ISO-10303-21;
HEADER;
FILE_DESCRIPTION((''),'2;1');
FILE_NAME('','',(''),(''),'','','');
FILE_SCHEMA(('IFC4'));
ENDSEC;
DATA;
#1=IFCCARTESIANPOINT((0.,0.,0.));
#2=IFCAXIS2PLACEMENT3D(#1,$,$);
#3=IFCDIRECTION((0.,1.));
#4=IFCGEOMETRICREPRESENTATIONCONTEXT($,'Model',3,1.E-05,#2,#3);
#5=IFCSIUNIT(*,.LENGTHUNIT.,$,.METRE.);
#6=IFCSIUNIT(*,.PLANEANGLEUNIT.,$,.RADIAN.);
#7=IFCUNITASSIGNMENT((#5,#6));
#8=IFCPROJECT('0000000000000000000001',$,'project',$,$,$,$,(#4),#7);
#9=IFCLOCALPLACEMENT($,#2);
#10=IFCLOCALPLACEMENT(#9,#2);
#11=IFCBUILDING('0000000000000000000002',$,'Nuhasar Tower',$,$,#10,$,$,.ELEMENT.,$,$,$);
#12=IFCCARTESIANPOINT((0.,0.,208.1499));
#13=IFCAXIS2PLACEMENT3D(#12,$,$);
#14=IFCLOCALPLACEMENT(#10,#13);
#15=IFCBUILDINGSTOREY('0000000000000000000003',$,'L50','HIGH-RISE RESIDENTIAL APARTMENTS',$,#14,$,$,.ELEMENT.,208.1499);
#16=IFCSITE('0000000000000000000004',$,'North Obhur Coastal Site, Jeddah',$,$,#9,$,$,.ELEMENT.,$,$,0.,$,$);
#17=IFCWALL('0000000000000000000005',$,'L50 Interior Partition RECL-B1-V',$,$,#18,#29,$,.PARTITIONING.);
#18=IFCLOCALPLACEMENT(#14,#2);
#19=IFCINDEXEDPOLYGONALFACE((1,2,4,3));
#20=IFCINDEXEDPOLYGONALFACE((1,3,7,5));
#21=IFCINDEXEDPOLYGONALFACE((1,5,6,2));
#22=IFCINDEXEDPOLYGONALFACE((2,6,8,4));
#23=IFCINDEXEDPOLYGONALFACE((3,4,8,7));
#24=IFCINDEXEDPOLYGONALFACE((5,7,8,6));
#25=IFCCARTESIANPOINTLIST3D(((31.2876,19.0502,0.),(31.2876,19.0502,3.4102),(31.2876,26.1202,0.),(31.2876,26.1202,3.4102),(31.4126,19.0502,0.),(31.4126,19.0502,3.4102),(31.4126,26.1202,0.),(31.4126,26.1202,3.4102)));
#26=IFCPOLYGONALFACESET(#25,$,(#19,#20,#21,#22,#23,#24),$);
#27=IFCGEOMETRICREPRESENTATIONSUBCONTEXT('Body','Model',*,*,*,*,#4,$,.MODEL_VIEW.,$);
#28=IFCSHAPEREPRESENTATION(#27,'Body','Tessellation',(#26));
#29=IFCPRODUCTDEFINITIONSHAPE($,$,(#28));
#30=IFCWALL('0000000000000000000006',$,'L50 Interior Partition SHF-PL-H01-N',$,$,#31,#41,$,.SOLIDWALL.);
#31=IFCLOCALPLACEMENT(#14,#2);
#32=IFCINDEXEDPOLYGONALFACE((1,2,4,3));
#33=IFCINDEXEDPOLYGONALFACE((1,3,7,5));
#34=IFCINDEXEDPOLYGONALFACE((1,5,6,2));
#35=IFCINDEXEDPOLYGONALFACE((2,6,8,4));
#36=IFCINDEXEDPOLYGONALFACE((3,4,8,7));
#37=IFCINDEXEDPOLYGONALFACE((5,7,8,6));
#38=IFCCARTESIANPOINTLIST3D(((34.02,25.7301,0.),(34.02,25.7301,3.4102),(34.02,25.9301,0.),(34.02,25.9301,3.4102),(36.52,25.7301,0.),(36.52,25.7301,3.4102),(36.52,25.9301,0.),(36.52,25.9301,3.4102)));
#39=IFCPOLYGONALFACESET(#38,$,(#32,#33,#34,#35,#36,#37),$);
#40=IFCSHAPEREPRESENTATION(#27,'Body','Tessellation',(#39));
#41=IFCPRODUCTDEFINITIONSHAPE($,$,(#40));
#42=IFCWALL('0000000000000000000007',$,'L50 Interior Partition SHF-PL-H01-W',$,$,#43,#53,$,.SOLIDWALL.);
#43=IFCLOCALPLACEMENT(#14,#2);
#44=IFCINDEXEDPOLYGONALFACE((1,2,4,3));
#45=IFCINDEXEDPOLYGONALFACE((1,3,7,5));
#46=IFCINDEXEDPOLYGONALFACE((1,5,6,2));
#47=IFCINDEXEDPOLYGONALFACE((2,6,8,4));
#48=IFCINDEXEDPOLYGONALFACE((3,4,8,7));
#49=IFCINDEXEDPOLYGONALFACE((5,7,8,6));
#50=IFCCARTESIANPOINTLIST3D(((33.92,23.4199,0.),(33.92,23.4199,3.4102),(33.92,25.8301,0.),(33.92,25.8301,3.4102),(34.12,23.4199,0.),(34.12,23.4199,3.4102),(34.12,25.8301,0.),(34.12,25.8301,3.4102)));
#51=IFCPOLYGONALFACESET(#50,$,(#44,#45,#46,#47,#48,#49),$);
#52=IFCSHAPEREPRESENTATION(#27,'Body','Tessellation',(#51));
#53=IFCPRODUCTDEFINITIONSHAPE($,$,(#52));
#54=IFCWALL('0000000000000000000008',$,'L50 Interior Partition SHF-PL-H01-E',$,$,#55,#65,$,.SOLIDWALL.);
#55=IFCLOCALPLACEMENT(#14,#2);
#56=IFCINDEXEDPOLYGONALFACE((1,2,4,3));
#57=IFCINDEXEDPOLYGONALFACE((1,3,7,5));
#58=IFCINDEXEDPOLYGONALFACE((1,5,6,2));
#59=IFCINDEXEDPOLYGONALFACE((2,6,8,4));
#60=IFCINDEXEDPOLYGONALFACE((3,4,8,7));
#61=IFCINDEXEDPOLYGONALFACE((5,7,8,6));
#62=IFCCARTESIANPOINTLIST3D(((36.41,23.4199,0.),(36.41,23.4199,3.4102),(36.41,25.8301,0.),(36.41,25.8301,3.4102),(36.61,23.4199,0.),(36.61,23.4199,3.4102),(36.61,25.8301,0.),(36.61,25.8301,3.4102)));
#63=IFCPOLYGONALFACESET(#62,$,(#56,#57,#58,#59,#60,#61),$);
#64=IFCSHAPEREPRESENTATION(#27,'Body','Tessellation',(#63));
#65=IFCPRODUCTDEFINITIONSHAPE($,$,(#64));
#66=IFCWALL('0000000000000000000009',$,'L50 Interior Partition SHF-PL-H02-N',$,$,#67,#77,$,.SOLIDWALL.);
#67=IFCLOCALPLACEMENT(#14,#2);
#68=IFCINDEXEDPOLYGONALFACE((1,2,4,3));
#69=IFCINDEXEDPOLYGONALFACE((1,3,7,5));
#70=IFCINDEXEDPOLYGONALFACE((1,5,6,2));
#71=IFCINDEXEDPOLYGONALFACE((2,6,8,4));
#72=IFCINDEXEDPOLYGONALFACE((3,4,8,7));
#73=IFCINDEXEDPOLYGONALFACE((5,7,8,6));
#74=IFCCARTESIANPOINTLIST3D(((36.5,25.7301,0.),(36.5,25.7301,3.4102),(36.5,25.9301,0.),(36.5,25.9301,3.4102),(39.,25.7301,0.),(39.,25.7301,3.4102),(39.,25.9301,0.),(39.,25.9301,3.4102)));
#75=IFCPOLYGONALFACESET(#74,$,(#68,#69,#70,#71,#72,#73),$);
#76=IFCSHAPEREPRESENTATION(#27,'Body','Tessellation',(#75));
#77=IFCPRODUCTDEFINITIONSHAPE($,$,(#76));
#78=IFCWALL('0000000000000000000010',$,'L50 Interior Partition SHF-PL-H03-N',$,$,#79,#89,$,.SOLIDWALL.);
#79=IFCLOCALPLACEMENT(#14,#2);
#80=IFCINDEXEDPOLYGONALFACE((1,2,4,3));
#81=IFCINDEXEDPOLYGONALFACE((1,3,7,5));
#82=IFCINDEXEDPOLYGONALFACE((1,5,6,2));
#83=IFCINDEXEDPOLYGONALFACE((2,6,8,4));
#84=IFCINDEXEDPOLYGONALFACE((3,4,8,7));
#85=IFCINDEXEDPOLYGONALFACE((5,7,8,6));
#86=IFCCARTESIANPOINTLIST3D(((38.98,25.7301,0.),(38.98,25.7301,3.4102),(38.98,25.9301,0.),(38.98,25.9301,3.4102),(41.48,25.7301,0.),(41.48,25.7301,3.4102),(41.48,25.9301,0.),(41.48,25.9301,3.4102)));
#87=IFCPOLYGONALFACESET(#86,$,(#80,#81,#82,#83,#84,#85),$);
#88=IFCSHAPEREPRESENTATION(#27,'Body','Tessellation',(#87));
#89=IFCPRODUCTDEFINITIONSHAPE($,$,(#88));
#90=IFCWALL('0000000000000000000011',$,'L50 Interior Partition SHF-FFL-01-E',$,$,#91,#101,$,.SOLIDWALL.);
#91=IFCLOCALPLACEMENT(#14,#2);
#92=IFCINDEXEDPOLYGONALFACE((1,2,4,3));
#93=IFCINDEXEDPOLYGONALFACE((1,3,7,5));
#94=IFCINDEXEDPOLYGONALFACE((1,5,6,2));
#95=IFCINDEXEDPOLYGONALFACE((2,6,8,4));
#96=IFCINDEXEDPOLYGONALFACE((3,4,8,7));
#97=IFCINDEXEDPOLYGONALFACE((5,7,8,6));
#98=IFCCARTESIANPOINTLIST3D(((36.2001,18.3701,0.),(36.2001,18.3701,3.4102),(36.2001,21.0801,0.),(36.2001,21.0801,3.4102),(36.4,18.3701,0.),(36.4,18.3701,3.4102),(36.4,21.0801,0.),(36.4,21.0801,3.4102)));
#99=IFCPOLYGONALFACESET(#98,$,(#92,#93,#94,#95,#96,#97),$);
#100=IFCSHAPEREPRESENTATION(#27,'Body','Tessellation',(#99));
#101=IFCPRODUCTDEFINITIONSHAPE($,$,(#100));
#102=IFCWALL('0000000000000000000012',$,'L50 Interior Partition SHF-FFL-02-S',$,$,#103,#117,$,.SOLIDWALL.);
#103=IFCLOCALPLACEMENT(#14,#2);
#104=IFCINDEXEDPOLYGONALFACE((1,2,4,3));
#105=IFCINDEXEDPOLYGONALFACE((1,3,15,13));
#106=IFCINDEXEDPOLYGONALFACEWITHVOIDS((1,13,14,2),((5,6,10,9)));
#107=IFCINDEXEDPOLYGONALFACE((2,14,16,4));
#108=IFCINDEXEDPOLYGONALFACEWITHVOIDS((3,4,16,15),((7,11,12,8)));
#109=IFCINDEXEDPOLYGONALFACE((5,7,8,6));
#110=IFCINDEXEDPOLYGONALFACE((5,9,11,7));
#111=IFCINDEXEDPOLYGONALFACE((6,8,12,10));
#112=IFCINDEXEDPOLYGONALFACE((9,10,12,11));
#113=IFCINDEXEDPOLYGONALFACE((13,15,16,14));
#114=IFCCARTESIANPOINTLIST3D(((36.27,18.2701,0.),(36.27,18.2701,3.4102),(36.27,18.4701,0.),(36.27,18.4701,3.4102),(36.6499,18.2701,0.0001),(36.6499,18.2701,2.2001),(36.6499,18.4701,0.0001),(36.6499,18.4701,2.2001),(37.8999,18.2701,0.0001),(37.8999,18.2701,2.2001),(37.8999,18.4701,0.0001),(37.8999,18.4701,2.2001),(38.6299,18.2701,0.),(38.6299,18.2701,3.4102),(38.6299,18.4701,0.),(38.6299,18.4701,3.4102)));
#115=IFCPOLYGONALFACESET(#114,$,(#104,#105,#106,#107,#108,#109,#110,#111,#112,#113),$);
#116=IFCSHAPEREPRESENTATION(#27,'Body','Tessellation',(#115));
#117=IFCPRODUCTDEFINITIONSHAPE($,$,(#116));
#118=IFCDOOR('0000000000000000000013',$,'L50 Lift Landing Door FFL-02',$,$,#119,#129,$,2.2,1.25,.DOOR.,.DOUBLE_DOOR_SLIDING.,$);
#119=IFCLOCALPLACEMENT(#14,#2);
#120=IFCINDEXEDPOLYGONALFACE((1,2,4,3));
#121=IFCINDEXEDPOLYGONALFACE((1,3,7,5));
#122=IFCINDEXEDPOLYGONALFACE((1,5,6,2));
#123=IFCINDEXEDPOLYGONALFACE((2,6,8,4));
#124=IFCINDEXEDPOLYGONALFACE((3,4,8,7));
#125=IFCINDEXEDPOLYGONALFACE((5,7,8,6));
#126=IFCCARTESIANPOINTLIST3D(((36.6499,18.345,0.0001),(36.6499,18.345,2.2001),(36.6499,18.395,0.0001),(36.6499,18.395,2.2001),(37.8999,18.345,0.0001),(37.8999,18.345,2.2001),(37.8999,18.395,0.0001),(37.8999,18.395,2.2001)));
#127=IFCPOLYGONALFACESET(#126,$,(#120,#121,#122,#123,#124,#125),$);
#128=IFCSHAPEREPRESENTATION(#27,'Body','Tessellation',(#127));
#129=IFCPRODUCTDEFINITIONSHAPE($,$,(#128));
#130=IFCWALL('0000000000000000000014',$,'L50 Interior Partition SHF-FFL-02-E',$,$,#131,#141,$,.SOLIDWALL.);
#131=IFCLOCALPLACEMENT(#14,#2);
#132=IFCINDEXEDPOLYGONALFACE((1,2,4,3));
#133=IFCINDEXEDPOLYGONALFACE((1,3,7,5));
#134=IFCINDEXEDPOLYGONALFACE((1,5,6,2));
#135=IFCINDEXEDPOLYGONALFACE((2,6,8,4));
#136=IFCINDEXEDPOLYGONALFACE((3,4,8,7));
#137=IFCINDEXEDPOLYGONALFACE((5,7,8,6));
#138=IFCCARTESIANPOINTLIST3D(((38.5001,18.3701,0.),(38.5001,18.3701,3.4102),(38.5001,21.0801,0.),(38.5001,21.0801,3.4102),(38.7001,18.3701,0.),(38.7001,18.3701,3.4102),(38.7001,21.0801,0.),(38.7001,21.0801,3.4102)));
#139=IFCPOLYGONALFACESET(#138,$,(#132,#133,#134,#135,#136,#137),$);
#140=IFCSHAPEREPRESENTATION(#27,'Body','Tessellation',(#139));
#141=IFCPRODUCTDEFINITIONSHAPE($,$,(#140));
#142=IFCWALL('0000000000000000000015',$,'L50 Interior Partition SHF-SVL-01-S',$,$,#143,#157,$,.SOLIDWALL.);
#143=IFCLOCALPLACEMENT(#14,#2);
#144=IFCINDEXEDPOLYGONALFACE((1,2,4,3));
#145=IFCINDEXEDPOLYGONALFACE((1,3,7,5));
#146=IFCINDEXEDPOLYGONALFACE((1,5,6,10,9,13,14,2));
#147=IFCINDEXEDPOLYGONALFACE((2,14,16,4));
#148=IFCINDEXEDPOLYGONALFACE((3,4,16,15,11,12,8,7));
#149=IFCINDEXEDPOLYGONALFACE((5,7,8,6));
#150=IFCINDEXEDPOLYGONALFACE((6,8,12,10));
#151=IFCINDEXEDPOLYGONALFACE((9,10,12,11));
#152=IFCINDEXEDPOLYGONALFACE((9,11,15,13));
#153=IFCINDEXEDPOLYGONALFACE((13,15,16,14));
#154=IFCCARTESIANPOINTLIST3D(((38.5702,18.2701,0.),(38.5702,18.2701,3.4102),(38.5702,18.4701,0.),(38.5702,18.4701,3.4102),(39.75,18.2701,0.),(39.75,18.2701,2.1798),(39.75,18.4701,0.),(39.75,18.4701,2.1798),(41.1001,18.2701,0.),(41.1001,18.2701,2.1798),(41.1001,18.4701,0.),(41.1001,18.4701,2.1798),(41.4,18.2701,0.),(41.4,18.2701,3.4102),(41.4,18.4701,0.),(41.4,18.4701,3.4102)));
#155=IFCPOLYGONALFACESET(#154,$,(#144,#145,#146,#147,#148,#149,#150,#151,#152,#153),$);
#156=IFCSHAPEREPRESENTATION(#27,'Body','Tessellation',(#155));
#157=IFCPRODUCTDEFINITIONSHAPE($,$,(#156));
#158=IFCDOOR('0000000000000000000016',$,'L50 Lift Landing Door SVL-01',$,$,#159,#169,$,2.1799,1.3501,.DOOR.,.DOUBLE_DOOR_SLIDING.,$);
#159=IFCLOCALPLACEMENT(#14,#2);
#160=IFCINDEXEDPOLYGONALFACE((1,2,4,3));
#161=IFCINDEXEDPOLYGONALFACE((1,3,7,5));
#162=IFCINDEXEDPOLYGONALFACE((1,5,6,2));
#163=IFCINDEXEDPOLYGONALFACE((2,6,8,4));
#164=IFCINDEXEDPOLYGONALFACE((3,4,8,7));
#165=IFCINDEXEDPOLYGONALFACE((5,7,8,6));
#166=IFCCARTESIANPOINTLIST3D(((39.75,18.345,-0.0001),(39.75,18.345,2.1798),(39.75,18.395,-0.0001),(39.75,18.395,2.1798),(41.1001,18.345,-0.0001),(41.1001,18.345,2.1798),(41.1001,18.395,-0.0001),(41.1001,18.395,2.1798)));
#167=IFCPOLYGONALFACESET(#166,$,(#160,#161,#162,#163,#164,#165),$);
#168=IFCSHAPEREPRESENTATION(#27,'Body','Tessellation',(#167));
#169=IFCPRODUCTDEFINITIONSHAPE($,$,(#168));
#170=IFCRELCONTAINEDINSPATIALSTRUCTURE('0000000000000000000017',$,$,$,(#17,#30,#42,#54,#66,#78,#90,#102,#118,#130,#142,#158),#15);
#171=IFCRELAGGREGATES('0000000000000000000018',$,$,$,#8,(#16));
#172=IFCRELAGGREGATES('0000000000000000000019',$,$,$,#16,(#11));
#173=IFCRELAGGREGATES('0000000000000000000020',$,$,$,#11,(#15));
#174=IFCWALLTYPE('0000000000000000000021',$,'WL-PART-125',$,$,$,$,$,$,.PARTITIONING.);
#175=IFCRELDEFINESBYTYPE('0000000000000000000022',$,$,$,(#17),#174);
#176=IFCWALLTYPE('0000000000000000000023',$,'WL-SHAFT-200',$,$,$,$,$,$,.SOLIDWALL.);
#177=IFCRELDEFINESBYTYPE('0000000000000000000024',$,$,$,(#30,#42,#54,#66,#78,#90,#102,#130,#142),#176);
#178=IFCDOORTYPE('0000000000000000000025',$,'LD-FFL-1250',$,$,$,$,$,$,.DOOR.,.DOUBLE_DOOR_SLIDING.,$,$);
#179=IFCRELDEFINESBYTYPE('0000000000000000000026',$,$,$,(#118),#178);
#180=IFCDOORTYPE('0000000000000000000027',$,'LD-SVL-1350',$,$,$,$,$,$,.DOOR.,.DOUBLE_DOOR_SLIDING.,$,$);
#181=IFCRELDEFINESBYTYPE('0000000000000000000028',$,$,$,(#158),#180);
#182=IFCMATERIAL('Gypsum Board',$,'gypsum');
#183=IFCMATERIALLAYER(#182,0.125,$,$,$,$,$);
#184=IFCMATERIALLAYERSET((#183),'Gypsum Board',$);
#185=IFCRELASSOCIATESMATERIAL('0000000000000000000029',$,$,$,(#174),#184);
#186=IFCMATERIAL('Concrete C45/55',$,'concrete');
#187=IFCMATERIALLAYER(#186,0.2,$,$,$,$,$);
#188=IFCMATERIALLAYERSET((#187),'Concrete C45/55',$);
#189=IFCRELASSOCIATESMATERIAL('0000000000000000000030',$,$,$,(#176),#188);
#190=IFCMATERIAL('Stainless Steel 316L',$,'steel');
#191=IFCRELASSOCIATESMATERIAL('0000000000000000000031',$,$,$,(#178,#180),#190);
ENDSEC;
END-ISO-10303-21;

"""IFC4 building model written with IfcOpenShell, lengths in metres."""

from ifc_helpers import new_model, si_unit, direction, frame, frame_2d, origin, place, context, subcontext, project, spatial, rectangle, extrude, material, layer, layer_set, type_object, element, fill, save


model = new_model("IFC4")

# Units and contexts
model_context = context("Model", 3, precision=1e-05, world=origin(), true_north=direction((0.0, 1.0)))
body_context = subcontext(model_context, "Body", "Model", "MODEL_VIEW")
ifc_project = project(units=[si_unit("LENGTHUNIT", "METRE"), si_unit("PLANEANGLEUNIT", "RADIAN")], contexts=[model_context])

# Site, building, storey
site_placement = place(None, origin())
site = spatial("IfcSite", under=ifc_project, at=site_placement, Name="North Obhur Coastal Site, Jeddah", CompositionType="ELEMENT", RefElevation=0.0)
building_placement = place(site_placement, origin())
building = spatial("IfcBuilding", under=site, at=building_placement, Name="Nuhasar Tower", CompositionType="ELEMENT")
storey_placement = place(building_placement, frame((0.0, 0.0, 208.1499)))
storey = spatial("IfcBuildingStorey", under=building, at=storey_placement, Name="L50", Description="HIGH-RISE RESIDENTIAL APARTMENTS", CompositionType="ELEMENT", Elevation=208.1499)

# Shared definitions
ifc_material_1 = material(Name="Gypsum Board", Category="gypsum")

# Wall
ifc_material_2 = material(Name="Concrete C45/55", Category="concrete")
ifc_layer_1 = layer(ifc_material_1, 0.125)
ifc_layer_set_1 = layer_set([ifc_layer_1], Name="Gypsum Board")
wall_type_1 = type_object("IfcWallType", Name="WL-PART-125", PredefinedType="PARTITIONING", material=ifc_layer_set_1)
wall_1_placement = place(storey_placement, frame((31.3501, 19.05, 0.0), z_axis=(0.0, 0.0, 1.0), x_axis=(0.0, 1.0, 0.0)))
element("IfcWall", 1, at=wall_1_placement, inside=storey, type_object=wall_type_1, Name="L50 Interior Partition RECL-B1-V", PredefinedType="PARTITIONING", context=body_context, shape_type="SweptSolid", body=[
    extrude(rectangle(XDim=7.0701, YDim=0.125, at=frame_2d((3.5352, 0.0))), origin(), (0.0, 0.0, 1.0), 3.4102),
])

# Shared definitions
ifc_layer_2 = layer(ifc_material_2, 0.2)
ifc_layer_set_2 = layer_set([ifc_layer_2], Name="Concrete C45/55")
wall_type_2 = type_object("IfcWallType", Name="WL-SHAFT-200", PredefinedType="SOLIDWALL", material=ifc_layer_set_2)
ifc_material_3 = material(Name="Stainless Steel 316L", Category="steel")

# Walls
wall_2_placement = place(storey_placement, frame((34.02, 25.8301, 0.0), z_axis=(0.0, 0.0, 1.0), x_axis=(1.0, 0.0, 0.0)))
element("IfcWall", 2, at=wall_2_placement, inside=storey, type_object=wall_type_2, Name="L50 Interior Partition SHF-PL-H01-N", PredefinedType="SOLIDWALL", context=body_context, shape_type="SweptSolid", body=[
    extrude(rectangle(XDim=2.5, YDim=0.2, at=frame_2d((1.25, 0.0))), origin(), (0.0, 0.0, 1.0), 3.4102),
])
for number, where, z_axis, x_axis, name in (
    (3, (34.02, 23.4199, 0.0), (0.0, 0.0, 1.0), (0.0, 1.0, 0.0), "L50 Interior Partition SHF-PL-H01-W"),
    (4, (36.51, 23.4199, 0.0), (0.0, 0.0, 1.0), (0.0, 1.0, 0.0), "L50 Interior Partition SHF-PL-H01-E"),
):
    element("IfcWall", number, at=place(storey_placement, frame(where, z_axis=z_axis, x_axis=x_axis)), inside=storey, type_object=wall_type_2, Name=name, PredefinedType="SOLIDWALL", context=body_context, shape_type="SweptSolid", body=[
        extrude(rectangle(XDim=2.4102, YDim=0.2, at=frame_2d((1.2051, 0.0))), origin(), (0.0, 0.0, 1.0), 3.4102),
    ])

# Wall
wall_3_placement = place(storey_placement, frame((36.5, 25.8301, 0.0), z_axis=(0.0, 0.0, 1.0), x_axis=(1.0, 0.0, 0.0)))
element("IfcWall", 5, at=wall_3_placement, inside=storey, type_object=wall_type_2, Name="L50 Interior Partition SHF-PL-H02-N", PredefinedType="SOLIDWALL", context=body_context, shape_type="SweptSolid", body=[
    extrude(rectangle(XDim=2.5, YDim=0.2, at=frame_2d((1.25, 0.0))), origin(), (0.0, 0.0, 1.0), 3.4102),
])

# Walls
wall_4_placement = place(storey_placement, frame((38.98, 25.8301, 0.0), z_axis=(0.0, 0.0, 1.0), x_axis=(1.0, 0.0, 0.0)))
element("IfcWall", 6, at=wall_4_placement, inside=storey, type_object=wall_type_2, Name="L50 Interior Partition SHF-PL-H03-N", PredefinedType="SOLIDWALL", context=body_context, shape_type="SweptSolid", body=[
    extrude(rectangle(XDim=2.5, YDim=0.2, at=frame_2d((1.25, 0.0))), origin(), (0.0, 0.0, 1.0), 3.4102),
])
wall_5_placement = place(storey_placement, frame((36.3, 18.3701, 0.0), z_axis=(0.0, 0.0, 1.0), x_axis=(0.0, 1.0, 0.0)))
element("IfcWall", 7, at=wall_5_placement, inside=storey, type_object=wall_type_2, Name="L50 Interior Partition SHF-FFL-01-E", PredefinedType="SOLIDWALL", context=body_context, shape_type="SweptSolid", body=[
    extrude(rectangle(XDim=2.71, YDim=0.2, at=frame_2d((1.355, 0.0))), origin(), (0.0, 0.0, 1.0), 3.4102),
])

# Wall, opening, door
wall_6_placement = place(storey_placement, frame((36.27, 18.3701, 0.0), z_axis=(0.0, 0.0, 1.0), x_axis=(1.0, 0.0, 0.0)))
wall_6 = element("IfcWall", 8, at=wall_6_placement, inside=storey, type_object=wall_type_2, Name="L50 Interior Partition SHF-FFL-02-S", PredefinedType="SOLIDWALL", context=body_context, shape_type="SweptSolid", body=[
    extrude(rectangle(XDim=2.3599, YDim=0.2, at=frame_2d((1.1799, 0.0))), origin(), (0.0, 0.0, 1.0), 3.4102),
])
opening_1_placement = place(wall_6_placement, frame((0.3799, 0.0, 0.0)))
opening_1 = element("IfcOpeningElement", 9, at=opening_1_placement, cuts=wall_6, PredefinedType="OPENING", context=body_context, shape_type="SweptSolid", body=[
    extrude(rectangle(XDim=1.25, YDim=2.2, at=frame_2d((0.625, 1.1001))), frame((0.0, 0.1099, 0.0), z_axis=(0.0, -1.0, 0.0), x_axis=(1.0, 0.0, 0.0)), (0.0, 0.0, 1.0), 0.22),
])
door_type_1 = type_object("IfcDoorType", Name="LD-FFL-1250", OperationType="DOUBLE_DOOR_SLIDING", PredefinedType="DOOR", material=ifc_material_3)
door_1_placement = place(opening_1_placement, origin())
door_1 = element("IfcDoor", 10, at=door_1_placement, inside=storey, type_object=door_type_1, Name="L50 Lift Landing Door FFL-02", OperationType="DOUBLE_DOOR_SLIDING", OverallHeight=2.2, OverallWidth=1.25, PredefinedType="DOOR", context=body_context, shape_type="SweptSolid", body=[
    extrude(rectangle(XDim=1.25, YDim=2.2, at=frame_2d((0.625, 1.1001))), frame((0.0, 0.0249, 0.0), z_axis=(0.0, -1.0, 0.0), x_axis=(1.0, 0.0, 0.0)), (0.0, 0.0, 1.0), 0.05),
])
fill(opening_1, door_1)

# Wall
wall_7_placement = place(storey_placement, frame((38.6001, 18.3701, 0.0), z_axis=(0.0, 0.0, 1.0), x_axis=(0.0, 1.0, 0.0)))
element("IfcWall", 11, at=wall_7_placement, inside=storey, type_object=wall_type_2, Name="L50 Interior Partition SHF-FFL-02-E", PredefinedType="SOLIDWALL", context=body_context, shape_type="SweptSolid", body=[
    extrude(rectangle(XDim=2.71, YDim=0.2, at=frame_2d((1.355, 0.0))), origin(), (0.0, 0.0, 1.0), 3.4102),
])

# Wall, opening, door
wall_8_placement = place(storey_placement, frame((38.5701, 18.3701, 0.0), z_axis=(0.0, 0.0, 1.0), x_axis=(1.0, 0.0, 0.0)))
wall_8 = element("IfcWall", 12, at=wall_8_placement, inside=storey, type_object=wall_type_2, Name="L50 Interior Partition SHF-SVL-01-S", PredefinedType="SOLIDWALL", context=body_context, shape_type="SweptSolid", body=[
    extrude(rectangle(XDim=2.8298, YDim=0.2, at=frame_2d((1.415, 0.0))), origin(), (0.0, 0.0, 1.0), 3.4102),
])
opening_2_placement = place(wall_8_placement, frame((1.1799, 0.0, 0.0)))
opening_2 = element("IfcOpeningElement", 13, at=opening_2_placement, cuts=wall_8, PredefinedType="OPENING", context=body_context, shape_type="SweptSolid", body=[
    extrude(rectangle(XDim=1.3501, YDim=2.1799, at=frame_2d((0.675, 1.0898))), frame((0.0, 0.1099, 0.0), z_axis=(0.0, -1.0, 0.0), x_axis=(1.0, 0.0, 0.0)), (0.0, 0.0, 1.0), 0.22),
])
door_type_2 = type_object("IfcDoorType", Name="LD-SVL-1350", OperationType="DOUBLE_DOOR_SLIDING", PredefinedType="DOOR", material=ifc_material_3)
door_2_placement = place(opening_2_placement, origin())
door_2 = element("IfcDoor", 14, at=door_2_placement, inside=storey, type_object=door_type_2, Name="L50 Lift Landing Door SVL-01", OperationType="DOUBLE_DOOR_SLIDING", OverallHeight=2.1799, OverallWidth=1.3501, PredefinedType="DOOR", context=body_context, shape_type="SweptSolid", body=[
    extrude(rectangle(XDim=1.3501, YDim=2.1799, at=frame_2d((0.675, 1.0898))), frame((0.0, 0.0249, 0.0), z_axis=(0.0, -1.0, 0.0), x_axis=(1.0, 0.0, 0.0)), (0.0, 0.0, 1.0), 0.05),
])
fill(opening_2, door_2)

save(model, "model.ifc")
